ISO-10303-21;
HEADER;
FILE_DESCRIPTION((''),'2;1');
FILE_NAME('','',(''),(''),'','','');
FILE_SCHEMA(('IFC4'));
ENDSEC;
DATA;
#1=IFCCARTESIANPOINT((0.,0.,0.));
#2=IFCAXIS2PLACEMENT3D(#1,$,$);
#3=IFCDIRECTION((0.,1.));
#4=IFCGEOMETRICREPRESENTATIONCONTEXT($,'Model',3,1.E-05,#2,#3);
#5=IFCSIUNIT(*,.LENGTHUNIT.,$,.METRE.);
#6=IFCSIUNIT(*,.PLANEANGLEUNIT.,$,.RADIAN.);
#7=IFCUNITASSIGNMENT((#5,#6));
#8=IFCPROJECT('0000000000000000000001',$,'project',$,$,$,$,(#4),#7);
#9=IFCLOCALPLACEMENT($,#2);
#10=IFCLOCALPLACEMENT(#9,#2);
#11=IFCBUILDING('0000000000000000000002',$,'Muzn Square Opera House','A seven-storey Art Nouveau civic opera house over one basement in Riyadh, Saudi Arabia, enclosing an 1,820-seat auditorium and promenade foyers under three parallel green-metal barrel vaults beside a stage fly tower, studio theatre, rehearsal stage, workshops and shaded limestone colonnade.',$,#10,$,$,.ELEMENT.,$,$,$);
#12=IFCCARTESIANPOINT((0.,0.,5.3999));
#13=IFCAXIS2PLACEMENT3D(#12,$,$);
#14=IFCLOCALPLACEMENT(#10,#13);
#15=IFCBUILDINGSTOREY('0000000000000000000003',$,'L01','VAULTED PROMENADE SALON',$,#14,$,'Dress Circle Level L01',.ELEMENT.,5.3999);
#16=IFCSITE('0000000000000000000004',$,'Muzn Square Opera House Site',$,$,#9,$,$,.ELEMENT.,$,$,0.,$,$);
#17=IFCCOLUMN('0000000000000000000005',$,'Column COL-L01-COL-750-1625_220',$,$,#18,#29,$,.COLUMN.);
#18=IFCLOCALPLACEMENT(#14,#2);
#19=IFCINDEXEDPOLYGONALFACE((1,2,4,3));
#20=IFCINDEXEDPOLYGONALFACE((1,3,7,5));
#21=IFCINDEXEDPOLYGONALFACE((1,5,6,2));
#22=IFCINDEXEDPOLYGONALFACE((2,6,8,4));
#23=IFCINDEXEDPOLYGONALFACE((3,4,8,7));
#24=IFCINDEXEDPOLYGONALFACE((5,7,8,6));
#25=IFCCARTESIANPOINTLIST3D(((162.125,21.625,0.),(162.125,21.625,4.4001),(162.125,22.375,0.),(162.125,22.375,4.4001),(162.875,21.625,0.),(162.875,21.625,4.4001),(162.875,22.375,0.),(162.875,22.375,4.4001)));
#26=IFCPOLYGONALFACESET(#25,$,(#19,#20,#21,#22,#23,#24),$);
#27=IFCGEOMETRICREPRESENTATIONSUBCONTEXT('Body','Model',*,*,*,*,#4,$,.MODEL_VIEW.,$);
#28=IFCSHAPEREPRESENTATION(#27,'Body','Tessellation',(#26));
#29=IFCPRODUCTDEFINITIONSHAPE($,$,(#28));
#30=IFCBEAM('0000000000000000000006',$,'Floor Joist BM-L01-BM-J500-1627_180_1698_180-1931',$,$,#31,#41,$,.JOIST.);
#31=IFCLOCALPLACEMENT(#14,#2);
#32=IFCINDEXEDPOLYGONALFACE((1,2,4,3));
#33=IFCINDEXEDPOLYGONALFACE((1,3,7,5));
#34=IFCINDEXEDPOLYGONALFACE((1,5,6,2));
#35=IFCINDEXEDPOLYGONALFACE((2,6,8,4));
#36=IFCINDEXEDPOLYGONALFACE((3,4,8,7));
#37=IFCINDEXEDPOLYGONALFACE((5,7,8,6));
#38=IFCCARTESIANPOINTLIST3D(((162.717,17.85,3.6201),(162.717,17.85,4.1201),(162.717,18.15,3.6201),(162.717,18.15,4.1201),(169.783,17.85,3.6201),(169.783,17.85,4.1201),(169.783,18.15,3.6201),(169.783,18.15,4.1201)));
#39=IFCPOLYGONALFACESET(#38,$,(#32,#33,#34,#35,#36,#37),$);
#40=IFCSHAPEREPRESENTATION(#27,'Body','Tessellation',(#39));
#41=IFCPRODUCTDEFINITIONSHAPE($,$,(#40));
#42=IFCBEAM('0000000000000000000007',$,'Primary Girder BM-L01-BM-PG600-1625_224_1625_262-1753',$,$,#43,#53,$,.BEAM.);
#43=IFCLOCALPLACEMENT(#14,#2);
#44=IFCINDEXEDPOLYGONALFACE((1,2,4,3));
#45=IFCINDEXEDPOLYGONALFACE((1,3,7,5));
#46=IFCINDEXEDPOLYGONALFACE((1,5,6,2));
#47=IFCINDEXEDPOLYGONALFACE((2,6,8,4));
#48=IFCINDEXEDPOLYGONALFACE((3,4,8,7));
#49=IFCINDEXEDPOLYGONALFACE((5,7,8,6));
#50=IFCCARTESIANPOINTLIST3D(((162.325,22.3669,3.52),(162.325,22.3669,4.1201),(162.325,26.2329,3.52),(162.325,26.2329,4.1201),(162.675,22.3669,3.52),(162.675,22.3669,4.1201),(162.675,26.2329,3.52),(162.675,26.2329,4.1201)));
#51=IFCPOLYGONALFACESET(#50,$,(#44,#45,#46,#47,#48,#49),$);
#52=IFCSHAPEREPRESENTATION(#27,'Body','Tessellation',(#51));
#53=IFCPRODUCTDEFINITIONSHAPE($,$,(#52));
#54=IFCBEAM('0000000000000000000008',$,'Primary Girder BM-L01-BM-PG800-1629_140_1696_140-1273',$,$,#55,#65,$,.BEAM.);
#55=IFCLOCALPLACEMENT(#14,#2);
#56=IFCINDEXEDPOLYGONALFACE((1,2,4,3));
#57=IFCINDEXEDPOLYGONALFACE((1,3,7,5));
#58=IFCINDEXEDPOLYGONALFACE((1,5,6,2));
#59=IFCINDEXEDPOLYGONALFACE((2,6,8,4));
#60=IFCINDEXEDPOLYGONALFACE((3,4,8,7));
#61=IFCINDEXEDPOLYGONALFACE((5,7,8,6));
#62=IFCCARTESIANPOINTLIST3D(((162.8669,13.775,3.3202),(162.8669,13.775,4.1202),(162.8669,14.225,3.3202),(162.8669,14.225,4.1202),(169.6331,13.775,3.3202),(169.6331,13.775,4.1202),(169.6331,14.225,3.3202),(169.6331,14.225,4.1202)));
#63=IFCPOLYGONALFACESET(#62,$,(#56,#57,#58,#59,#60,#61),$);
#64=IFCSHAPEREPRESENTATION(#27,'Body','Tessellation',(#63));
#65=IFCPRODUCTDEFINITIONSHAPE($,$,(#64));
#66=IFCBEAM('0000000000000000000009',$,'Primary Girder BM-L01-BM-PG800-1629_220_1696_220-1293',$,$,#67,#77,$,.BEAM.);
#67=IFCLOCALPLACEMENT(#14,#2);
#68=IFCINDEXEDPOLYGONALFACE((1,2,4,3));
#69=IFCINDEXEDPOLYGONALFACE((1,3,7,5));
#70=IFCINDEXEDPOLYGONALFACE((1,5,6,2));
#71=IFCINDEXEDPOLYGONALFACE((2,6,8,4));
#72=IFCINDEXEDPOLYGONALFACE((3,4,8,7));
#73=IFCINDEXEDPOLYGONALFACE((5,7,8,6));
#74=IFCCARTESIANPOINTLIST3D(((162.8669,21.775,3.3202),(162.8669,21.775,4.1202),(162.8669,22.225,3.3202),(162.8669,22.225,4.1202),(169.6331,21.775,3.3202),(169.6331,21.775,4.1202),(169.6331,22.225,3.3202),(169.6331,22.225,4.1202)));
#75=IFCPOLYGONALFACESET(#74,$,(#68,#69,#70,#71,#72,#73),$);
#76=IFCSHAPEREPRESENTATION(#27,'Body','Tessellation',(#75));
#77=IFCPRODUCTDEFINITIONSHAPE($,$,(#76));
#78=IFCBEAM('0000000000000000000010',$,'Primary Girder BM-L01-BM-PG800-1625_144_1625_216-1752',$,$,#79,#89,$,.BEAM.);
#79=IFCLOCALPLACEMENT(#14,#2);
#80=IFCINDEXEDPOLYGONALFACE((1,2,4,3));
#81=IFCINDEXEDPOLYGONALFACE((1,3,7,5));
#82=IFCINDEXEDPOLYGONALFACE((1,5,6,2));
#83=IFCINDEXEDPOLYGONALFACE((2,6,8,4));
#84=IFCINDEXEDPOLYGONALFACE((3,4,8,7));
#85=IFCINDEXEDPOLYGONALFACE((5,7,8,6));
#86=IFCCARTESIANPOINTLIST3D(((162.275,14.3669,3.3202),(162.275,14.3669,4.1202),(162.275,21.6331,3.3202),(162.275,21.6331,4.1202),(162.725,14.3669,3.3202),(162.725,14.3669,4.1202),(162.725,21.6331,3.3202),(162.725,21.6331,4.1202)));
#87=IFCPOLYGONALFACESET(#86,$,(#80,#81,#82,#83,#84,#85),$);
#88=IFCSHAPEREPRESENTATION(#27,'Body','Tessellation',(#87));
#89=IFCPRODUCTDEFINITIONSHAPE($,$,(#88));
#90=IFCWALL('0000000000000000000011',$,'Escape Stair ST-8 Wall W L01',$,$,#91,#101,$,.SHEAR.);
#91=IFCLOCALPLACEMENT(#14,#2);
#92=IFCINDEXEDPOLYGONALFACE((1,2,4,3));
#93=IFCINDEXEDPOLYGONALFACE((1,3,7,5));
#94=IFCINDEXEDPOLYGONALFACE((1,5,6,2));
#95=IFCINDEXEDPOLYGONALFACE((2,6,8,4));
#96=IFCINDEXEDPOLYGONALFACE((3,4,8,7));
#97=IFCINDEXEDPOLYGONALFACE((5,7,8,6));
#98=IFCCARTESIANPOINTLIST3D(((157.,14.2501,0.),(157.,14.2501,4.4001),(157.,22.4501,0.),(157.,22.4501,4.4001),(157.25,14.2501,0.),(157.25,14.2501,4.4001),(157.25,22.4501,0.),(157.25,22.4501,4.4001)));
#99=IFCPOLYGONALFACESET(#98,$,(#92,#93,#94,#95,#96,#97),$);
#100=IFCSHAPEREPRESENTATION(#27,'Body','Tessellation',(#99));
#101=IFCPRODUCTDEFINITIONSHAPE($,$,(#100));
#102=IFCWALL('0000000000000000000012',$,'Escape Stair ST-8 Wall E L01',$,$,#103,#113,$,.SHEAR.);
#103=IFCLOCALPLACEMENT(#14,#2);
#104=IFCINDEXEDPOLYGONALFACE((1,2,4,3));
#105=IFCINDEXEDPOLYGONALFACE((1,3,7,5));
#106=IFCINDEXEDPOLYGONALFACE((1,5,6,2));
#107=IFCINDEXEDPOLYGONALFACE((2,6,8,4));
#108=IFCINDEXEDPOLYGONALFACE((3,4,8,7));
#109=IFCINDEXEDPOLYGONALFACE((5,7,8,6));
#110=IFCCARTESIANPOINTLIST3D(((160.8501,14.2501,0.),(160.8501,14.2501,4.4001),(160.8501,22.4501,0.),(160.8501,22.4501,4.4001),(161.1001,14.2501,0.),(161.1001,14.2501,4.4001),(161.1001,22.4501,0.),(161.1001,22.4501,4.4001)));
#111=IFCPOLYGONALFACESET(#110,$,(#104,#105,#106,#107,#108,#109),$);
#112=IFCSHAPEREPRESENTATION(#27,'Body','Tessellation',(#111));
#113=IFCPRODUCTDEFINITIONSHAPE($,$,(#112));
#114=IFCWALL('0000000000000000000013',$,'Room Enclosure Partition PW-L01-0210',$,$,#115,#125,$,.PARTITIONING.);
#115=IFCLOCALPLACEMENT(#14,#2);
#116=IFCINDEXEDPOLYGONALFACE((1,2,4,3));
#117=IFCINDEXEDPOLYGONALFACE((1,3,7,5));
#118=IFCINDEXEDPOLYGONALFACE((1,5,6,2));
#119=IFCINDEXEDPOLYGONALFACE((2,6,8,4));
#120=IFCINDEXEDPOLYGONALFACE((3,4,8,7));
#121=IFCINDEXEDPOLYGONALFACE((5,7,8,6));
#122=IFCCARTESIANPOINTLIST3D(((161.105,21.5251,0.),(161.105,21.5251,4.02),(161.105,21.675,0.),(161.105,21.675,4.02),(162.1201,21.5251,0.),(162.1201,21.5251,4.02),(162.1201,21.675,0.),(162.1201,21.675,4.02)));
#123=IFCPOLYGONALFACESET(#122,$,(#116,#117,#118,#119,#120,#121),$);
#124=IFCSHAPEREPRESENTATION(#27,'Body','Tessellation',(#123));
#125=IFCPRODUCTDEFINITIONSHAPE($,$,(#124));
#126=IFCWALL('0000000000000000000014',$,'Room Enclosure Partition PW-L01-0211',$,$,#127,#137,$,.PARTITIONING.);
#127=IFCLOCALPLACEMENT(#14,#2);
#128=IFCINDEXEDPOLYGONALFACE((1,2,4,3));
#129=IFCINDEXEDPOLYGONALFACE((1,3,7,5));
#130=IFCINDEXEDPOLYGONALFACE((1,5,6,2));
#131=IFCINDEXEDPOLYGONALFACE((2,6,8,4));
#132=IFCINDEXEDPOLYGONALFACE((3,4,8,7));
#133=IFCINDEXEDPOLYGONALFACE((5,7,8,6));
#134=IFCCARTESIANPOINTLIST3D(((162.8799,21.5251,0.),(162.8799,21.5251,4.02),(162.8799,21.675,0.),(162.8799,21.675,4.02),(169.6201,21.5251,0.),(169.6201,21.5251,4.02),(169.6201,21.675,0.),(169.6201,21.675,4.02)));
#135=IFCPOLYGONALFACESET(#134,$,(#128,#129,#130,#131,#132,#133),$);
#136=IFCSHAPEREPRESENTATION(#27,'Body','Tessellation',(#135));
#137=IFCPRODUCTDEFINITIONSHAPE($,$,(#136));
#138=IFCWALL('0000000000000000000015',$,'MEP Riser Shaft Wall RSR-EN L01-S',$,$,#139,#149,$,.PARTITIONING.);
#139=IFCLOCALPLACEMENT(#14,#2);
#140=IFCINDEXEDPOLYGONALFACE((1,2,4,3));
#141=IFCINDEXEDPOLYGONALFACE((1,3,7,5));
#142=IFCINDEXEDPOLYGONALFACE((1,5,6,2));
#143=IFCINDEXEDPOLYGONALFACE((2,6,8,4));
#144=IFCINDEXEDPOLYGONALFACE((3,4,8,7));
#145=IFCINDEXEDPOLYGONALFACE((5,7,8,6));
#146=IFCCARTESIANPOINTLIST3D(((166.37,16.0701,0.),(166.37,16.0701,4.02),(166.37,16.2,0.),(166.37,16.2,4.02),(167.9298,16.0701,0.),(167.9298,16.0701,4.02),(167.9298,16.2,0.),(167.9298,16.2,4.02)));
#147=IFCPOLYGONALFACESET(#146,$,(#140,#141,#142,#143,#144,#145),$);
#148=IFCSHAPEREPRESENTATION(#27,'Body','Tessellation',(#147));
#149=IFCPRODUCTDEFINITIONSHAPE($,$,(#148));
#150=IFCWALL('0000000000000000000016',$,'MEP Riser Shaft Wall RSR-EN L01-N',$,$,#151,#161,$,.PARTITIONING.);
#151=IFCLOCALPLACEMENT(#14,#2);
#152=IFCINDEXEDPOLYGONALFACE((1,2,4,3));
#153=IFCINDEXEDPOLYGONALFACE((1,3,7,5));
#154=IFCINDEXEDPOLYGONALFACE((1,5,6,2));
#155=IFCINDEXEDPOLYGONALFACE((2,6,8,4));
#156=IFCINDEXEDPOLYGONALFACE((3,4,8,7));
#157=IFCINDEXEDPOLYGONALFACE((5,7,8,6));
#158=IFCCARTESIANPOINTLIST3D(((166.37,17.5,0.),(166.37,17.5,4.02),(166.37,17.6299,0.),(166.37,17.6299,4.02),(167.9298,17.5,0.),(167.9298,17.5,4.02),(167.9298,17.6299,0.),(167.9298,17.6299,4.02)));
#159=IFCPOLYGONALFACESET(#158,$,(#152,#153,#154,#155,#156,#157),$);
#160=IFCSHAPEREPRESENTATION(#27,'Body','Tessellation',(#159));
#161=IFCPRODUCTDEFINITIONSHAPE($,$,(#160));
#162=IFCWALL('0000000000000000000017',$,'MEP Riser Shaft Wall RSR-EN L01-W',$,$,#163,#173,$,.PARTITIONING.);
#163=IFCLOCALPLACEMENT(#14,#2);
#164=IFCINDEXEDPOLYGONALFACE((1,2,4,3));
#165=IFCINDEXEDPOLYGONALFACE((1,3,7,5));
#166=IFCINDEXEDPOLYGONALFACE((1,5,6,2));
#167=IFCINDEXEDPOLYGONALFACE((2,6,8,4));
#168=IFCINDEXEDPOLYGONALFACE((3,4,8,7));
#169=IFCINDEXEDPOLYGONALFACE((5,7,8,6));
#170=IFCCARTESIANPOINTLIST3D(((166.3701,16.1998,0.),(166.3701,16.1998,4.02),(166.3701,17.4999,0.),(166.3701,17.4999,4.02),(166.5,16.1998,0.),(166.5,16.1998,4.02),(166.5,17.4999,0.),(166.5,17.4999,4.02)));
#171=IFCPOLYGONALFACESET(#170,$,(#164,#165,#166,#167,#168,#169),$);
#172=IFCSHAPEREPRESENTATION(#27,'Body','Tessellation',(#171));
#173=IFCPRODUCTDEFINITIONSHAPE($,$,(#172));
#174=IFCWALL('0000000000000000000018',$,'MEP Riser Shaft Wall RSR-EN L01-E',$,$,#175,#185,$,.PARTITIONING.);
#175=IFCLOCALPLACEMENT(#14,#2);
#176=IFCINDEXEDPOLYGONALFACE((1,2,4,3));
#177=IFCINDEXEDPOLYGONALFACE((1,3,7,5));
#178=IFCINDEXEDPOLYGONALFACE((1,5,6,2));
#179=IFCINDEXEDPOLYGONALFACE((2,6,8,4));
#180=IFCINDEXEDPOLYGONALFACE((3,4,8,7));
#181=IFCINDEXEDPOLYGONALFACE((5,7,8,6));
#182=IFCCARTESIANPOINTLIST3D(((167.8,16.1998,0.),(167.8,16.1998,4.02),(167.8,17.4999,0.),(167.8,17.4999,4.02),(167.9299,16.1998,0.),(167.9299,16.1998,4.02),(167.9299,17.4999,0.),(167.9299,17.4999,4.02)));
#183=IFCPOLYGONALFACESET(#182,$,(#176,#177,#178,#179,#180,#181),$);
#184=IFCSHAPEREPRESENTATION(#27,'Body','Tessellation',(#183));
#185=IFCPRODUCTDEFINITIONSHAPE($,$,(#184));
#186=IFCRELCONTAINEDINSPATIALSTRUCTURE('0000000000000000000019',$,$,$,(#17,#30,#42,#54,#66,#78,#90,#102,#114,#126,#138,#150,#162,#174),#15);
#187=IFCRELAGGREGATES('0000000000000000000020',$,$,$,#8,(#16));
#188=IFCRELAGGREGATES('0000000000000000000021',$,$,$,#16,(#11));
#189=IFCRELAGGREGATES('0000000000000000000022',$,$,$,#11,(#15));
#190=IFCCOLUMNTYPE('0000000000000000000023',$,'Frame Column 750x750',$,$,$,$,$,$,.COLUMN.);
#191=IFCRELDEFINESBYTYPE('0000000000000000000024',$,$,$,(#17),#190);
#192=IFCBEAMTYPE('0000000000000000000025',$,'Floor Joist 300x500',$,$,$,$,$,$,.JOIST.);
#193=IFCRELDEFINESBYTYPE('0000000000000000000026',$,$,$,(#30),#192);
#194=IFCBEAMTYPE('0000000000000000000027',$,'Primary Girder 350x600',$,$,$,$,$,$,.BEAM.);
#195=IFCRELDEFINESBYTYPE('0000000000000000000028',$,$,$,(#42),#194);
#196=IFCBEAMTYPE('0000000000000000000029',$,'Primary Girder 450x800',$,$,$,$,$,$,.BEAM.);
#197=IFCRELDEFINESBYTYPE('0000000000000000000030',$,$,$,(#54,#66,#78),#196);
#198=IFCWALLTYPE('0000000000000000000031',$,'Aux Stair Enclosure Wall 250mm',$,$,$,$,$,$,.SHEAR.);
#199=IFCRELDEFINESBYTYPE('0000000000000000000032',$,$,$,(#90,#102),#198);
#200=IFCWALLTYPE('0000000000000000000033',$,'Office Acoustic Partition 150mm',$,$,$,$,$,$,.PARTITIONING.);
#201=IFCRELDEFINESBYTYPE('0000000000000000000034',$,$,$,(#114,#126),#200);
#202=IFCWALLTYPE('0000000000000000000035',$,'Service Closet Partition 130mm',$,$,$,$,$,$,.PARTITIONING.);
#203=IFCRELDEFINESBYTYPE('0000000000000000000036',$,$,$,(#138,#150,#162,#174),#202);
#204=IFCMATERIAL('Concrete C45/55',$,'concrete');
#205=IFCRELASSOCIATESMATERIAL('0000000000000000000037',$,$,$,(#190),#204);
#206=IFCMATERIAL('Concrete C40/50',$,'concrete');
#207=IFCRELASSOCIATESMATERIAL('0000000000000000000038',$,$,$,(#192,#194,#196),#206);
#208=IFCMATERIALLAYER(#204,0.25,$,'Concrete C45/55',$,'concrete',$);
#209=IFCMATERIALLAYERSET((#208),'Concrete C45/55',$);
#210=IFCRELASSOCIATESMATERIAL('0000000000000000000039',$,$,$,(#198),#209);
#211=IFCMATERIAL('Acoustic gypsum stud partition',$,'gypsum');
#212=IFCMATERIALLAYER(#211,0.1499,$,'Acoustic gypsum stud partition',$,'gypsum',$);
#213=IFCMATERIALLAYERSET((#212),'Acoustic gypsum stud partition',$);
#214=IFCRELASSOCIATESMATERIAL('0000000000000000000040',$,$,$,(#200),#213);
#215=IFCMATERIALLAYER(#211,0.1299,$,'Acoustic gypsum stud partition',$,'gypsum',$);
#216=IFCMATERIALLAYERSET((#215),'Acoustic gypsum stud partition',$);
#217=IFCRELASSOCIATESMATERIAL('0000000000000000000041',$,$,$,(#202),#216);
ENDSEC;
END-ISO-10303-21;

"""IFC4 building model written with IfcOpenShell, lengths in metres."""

from ifc_helpers import new_model, si_unit, direction, frame, frame_2d, origin, origin_2d, place, context, subcontext, project, spatial, rectangle, extrude, material, layer, layer_set, material_profile, profile_set, type_object, element, save


model = new_model("IFC4")

# Units and contexts
model_context = context("Model", 3, precision=1e-05, world=origin(), true_north=direction((0.0, 1.0)))
body_context = subcontext(model_context, "Body", "Model", "MODEL_VIEW")
ifc_project = project(units=[si_unit("LENGTHUNIT", "METRE"), si_unit("PLANEANGLEUNIT", "RADIAN")], contexts=[model_context])

# Site, building, storey
site_placement = place(None, origin())
site = spatial("IfcSite", under=ifc_project, at=site_placement, Name="Muzn Square Opera House Site", CompositionType="ELEMENT", RefElevation=0.0)
building_placement = place(site_placement, origin())
building = spatial("IfcBuilding", under=site, at=building_placement, Name="Muzn Square Opera House", Description="A seven-storey Art Nouveau civic opera house over one basement in Riyadh, Saudi Arabia, enclosing an 1,820-seat auditorium and promenade foyers under three parallel green-metal barrel vaults beside a stage fly tower, studio theatre, rehearsal stage, workshops and shaded limestone colonnade.", CompositionType="ELEMENT")
storey_placement = place(building_placement, frame((0.0, 0.0, 5.3999)))
storey = spatial("IfcBuildingStorey", under=building, at=storey_placement, Name="L01", Description="VAULTED PROMENADE SALON", LongName="Dress Circle Level L01", CompositionType="ELEMENT", Elevation=5.3999)

# Column
ifc_material_1 = material(Name="Concrete C45/55", Category="concrete")
ifc_material_profile_1 = material_profile(ifc_material_1, rectangle(XDim=0.75, YDim=0.75, at=origin_2d()), Name="RC 750x750", Category="concrete")
ifc_profile_set_1 = profile_set([ifc_material_profile_1], Name="Concrete C45/55")
column_type = type_object("IfcColumnType", Name="Frame Column 750x750", PredefinedType="COLUMN", material=ifc_profile_set_1)
column_placement = place(storey_placement, frame((162.5, 22.0, 0.0), z_axis=(0.0, 0.0, 1.0), x_axis=(1.0, 0.0, 0.0)))
element("IfcColumn", 1, at=column_placement, inside=storey, type_object=column_type, Name="Column COL-L01-COL-750-1625_220", PredefinedType="COLUMN", context=body_context, shape_type="SweptSolid", body=[
    extrude(rectangle(XDim=0.75, YDim=0.75, at=origin_2d()), origin(), (0.0, 0.0, 1.0), 4.4001),
])

# Beams
ifc_material_2 = material(Name="Concrete C40/50", Category="concrete")
ifc_material_profile_2 = material_profile(ifc_material_2, rectangle(XDim=0.3, YDim=0.5, at=origin_2d()), Name="RCJ 300x500", Category="concrete")
ifc_profile_set_2 = profile_set([ifc_material_profile_2], Name="Concrete C40/50")
beam_type_1 = type_object("IfcBeamType", Name="Floor Joist 300x500", PredefinedType="JOIST", material=ifc_profile_set_2)
beam_1_placement = place(storey_placement, frame((162.717, 18.0, 3.8701), z_axis=(1.0, 0.0, 0.0), x_axis=(0.0, 1.0, 0.0)))
element("IfcBeam", 2, at=beam_1_placement, inside=storey, type_object=beam_type_1, Name="Floor Joist BM-L01-BM-J500-1627_180_1698_180-1931", PredefinedType="JOIST", context=body_context, shape_type="SweptSolid", body=[
    extrude(rectangle(XDim=0.3, YDim=0.5, at=origin_2d()), origin(), (0.0, 0.0, 1.0), 7.0659),
])
ifc_material_profile_3 = material_profile(ifc_material_2, rectangle(XDim=0.3501, YDim=0.6001, at=origin_2d()), Name="RCB 350x600", Category="concrete")
ifc_profile_set_3 = profile_set([ifc_material_profile_3], Name="Concrete C40/50")
beam_type_2 = type_object("IfcBeamType", Name="Primary Girder 350x600", PredefinedType="BEAM", material=ifc_profile_set_3)
beam_2_placement = place(storey_placement, frame((162.5, 22.3669, 3.8201), z_axis=(0.0, 1.0, 0.0), x_axis=(-1.0, 0.0, 0.0)))
element("IfcBeam", 3, at=beam_2_placement, inside=storey, type_object=beam_type_2, Name="Primary Girder BM-L01-BM-PG600-1625_224_1625_262-1753", PredefinedType="BEAM", context=body_context, shape_type="SweptSolid", body=[
    extrude(rectangle(XDim=0.3501, YDim=0.6001, at=origin_2d()), origin(), (0.0, 0.0, 1.0), 3.866),
])
ifc_material_profile_4 = material_profile(ifc_material_2, rectangle(XDim=0.45, YDim=0.8, at=origin_2d()), Name="RCB 450x800", Category="concrete")
ifc_profile_set_4 = profile_set([ifc_material_profile_4], Name="Concrete C40/50")
beam_type_3 = type_object("IfcBeamType", Name="Primary Girder 450x800", PredefinedType="BEAM", material=ifc_profile_set_4)
for number, where, z_axis, x_axis, name in (
    (4, (162.8669, 14.0, 3.7202), (1.0, 0.0, 0.0), (0.0, 1.0, 0.0), "Primary Girder BM-L01-BM-PG800-1629_140_1696_140-1273"),
    (5, (162.8669, 22.0, 3.7202), (1.0, 0.0, 0.0), (0.0, 1.0, 0.0), "Primary Girder BM-L01-BM-PG800-1629_220_1696_220-1293"),
):
    element("IfcBeam", number, at=place(storey_placement, frame(where, z_axis=z_axis, x_axis=x_axis)), inside=storey, type_object=beam_type_3, Name=name, PredefinedType="BEAM", context=body_context, shape_type="SweptSolid", body=[
        extrude(rectangle(XDim=0.45, YDim=0.8, at=origin_2d()), origin(), (0.0, 0.0, 1.0), 6.7661),
    ])
beam_3_placement = place(storey_placement, frame((162.5, 14.3669, 3.7202), z_axis=(0.0, 1.0, 0.0), x_axis=(-1.0, 0.0, 0.0)))
element("IfcBeam", 6, at=beam_3_placement, inside=storey, type_object=beam_type_3, Name="Primary Girder BM-L01-BM-PG800-1625_144_1625_216-1752", PredefinedType="BEAM", context=body_context, shape_type="SweptSolid", body=[
    extrude(rectangle(XDim=0.45, YDim=0.8, at=origin_2d()), origin(), (0.0, 0.0, 1.0), 7.2661),
])

# Walls
ifc_layer_1 = layer(ifc_material_1, 0.25, Name="Concrete C45/55", Category="concrete")
ifc_layer_set_1 = layer_set([ifc_layer_1], Name="Concrete C45/55")
wall_type_1 = type_object("IfcWallType", Name="Aux Stair Enclosure Wall 250mm", PredefinedType="SHEAR", material=ifc_layer_set_1)
for number, where, z_axis, x_axis, name in (
    (7, (157.125, 14.25, 0.0), (0.0, 0.0, 1.0), (0.0, 1.0, 0.0), "Escape Stair ST-8 Wall W L01"),
    (8, (160.9751, 14.25, 0.0), (0.0, 0.0, 1.0), (0.0, 1.0, 0.0), "Escape Stair ST-8 Wall E L01"),
):
    element("IfcWall", number, at=place(storey_placement, frame(where, z_axis=z_axis, x_axis=x_axis)), inside=storey, type_object=wall_type_1, Name=name, PredefinedType="SHEAR", context=body_context, shape_type="SweptSolid", body=[
        extrude(rectangle(XDim=8.2, YDim=0.25, at=frame_2d((4.1001, 0.0))), origin(), (0.0, 0.0, 1.0), 4.4001),
    ])
ifc_material_3 = material(Name="Acoustic gypsum stud partition", Category="gypsum")
ifc_layer_2 = layer(ifc_material_3, 0.1499, Name="Acoustic gypsum stud partition", Category="gypsum")
ifc_layer_set_2 = layer_set([ifc_layer_2], Name="Acoustic gypsum stud partition")
wall_type_2 = type_object("IfcWallType", Name="Office Acoustic Partition 150mm", PredefinedType="PARTITIONING", material=ifc_layer_set_2)
wall_1_placement = place(storey_placement, frame((161.105, 21.6001, 0.0), z_axis=(0.0, 0.0, 1.0), x_axis=(1.0, 0.0, 0.0)))
element("IfcWall", 9, at=wall_1_placement, inside=storey, type_object=wall_type_2, Name="Room Enclosure Partition PW-L01-0210", PredefinedType="PARTITIONING", context=body_context, shape_type="SweptSolid", body=[
    extrude(rectangle(XDim=1.0151, YDim=0.1499, at=frame_2d((0.5076, 0.0))), origin(), (0.0, 0.0, 1.0), 4.02),
])
wall_2_placement = place(storey_placement, frame((162.8799, 21.6001, 0.0), z_axis=(0.0, 0.0, 1.0), x_axis=(1.0, 0.0, 0.0)))
element("IfcWall", 10, at=wall_2_placement, inside=storey, type_object=wall_type_2, Name="Room Enclosure Partition PW-L01-0211", PredefinedType="PARTITIONING", context=body_context, shape_type="SweptSolid", body=[
    extrude(rectangle(XDim=6.7402, YDim=0.1499, at=frame_2d((3.3701, 0.0))), origin(), (0.0, 0.0, 1.0), 4.02),
])
ifc_layer_3 = layer(ifc_material_3, 0.1299, Name="Acoustic gypsum stud partition", Category="gypsum")
ifc_layer_set_3 = layer_set([ifc_layer_3], Name="Acoustic gypsum stud partition")
wall_type_3 = type_object("IfcWallType", Name="Service Closet Partition 130mm", PredefinedType="PARTITIONING", material=ifc_layer_set_3)
for number, where, z_axis, x_axis, name in (
    (11, (166.3701, 16.135, 0.0), (0.0, 0.0, 1.0), (1.0, 0.0, 0.0), "MEP Riser Shaft Wall RSR-EN L01-S"),
    (12, (166.3701, 17.5649, 0.0), (0.0, 0.0, 1.0), (1.0, 0.0, 0.0), "MEP Riser Shaft Wall RSR-EN L01-N"),
):
    element("IfcWall", number, at=place(storey_placement, frame(where, z_axis=z_axis, x_axis=x_axis)), inside=storey, type_object=wall_type_3, Name=name, PredefinedType="PARTITIONING", context=body_context, shape_type="SweptSolid", body=[
        extrude(rectangle(XDim=1.5598, YDim=0.1299, at=frame_2d((0.7798, 0.0))), origin(), (0.0, 0.0, 1.0), 4.02),
    ])
for number, where, z_axis, x_axis, name in (
    (13, (166.4351, 16.2, 0.0), (0.0, 0.0, 1.0), (0.0, 1.0, 0.0), "MEP Riser Shaft Wall RSR-EN L01-W"),
    (14, (167.865, 16.2, 0.0), (0.0, 0.0, 1.0), (0.0, 1.0, 0.0), "MEP Riser Shaft Wall RSR-EN L01-E"),
):
    element("IfcWall", number, at=place(storey_placement, frame(where, z_axis=z_axis, x_axis=x_axis)), inside=storey, type_object=wall_type_3, Name=name, PredefinedType="PARTITIONING", context=body_context, shape_type="SweptSolid", body=[
        extrude(rectangle(XDim=1.3, YDim=0.1299, at=frame_2d((0.6499, 0.0))), origin(), (0.0, 0.0, 1.0), 4.02),
    ])

save(model, "model.ifc")
